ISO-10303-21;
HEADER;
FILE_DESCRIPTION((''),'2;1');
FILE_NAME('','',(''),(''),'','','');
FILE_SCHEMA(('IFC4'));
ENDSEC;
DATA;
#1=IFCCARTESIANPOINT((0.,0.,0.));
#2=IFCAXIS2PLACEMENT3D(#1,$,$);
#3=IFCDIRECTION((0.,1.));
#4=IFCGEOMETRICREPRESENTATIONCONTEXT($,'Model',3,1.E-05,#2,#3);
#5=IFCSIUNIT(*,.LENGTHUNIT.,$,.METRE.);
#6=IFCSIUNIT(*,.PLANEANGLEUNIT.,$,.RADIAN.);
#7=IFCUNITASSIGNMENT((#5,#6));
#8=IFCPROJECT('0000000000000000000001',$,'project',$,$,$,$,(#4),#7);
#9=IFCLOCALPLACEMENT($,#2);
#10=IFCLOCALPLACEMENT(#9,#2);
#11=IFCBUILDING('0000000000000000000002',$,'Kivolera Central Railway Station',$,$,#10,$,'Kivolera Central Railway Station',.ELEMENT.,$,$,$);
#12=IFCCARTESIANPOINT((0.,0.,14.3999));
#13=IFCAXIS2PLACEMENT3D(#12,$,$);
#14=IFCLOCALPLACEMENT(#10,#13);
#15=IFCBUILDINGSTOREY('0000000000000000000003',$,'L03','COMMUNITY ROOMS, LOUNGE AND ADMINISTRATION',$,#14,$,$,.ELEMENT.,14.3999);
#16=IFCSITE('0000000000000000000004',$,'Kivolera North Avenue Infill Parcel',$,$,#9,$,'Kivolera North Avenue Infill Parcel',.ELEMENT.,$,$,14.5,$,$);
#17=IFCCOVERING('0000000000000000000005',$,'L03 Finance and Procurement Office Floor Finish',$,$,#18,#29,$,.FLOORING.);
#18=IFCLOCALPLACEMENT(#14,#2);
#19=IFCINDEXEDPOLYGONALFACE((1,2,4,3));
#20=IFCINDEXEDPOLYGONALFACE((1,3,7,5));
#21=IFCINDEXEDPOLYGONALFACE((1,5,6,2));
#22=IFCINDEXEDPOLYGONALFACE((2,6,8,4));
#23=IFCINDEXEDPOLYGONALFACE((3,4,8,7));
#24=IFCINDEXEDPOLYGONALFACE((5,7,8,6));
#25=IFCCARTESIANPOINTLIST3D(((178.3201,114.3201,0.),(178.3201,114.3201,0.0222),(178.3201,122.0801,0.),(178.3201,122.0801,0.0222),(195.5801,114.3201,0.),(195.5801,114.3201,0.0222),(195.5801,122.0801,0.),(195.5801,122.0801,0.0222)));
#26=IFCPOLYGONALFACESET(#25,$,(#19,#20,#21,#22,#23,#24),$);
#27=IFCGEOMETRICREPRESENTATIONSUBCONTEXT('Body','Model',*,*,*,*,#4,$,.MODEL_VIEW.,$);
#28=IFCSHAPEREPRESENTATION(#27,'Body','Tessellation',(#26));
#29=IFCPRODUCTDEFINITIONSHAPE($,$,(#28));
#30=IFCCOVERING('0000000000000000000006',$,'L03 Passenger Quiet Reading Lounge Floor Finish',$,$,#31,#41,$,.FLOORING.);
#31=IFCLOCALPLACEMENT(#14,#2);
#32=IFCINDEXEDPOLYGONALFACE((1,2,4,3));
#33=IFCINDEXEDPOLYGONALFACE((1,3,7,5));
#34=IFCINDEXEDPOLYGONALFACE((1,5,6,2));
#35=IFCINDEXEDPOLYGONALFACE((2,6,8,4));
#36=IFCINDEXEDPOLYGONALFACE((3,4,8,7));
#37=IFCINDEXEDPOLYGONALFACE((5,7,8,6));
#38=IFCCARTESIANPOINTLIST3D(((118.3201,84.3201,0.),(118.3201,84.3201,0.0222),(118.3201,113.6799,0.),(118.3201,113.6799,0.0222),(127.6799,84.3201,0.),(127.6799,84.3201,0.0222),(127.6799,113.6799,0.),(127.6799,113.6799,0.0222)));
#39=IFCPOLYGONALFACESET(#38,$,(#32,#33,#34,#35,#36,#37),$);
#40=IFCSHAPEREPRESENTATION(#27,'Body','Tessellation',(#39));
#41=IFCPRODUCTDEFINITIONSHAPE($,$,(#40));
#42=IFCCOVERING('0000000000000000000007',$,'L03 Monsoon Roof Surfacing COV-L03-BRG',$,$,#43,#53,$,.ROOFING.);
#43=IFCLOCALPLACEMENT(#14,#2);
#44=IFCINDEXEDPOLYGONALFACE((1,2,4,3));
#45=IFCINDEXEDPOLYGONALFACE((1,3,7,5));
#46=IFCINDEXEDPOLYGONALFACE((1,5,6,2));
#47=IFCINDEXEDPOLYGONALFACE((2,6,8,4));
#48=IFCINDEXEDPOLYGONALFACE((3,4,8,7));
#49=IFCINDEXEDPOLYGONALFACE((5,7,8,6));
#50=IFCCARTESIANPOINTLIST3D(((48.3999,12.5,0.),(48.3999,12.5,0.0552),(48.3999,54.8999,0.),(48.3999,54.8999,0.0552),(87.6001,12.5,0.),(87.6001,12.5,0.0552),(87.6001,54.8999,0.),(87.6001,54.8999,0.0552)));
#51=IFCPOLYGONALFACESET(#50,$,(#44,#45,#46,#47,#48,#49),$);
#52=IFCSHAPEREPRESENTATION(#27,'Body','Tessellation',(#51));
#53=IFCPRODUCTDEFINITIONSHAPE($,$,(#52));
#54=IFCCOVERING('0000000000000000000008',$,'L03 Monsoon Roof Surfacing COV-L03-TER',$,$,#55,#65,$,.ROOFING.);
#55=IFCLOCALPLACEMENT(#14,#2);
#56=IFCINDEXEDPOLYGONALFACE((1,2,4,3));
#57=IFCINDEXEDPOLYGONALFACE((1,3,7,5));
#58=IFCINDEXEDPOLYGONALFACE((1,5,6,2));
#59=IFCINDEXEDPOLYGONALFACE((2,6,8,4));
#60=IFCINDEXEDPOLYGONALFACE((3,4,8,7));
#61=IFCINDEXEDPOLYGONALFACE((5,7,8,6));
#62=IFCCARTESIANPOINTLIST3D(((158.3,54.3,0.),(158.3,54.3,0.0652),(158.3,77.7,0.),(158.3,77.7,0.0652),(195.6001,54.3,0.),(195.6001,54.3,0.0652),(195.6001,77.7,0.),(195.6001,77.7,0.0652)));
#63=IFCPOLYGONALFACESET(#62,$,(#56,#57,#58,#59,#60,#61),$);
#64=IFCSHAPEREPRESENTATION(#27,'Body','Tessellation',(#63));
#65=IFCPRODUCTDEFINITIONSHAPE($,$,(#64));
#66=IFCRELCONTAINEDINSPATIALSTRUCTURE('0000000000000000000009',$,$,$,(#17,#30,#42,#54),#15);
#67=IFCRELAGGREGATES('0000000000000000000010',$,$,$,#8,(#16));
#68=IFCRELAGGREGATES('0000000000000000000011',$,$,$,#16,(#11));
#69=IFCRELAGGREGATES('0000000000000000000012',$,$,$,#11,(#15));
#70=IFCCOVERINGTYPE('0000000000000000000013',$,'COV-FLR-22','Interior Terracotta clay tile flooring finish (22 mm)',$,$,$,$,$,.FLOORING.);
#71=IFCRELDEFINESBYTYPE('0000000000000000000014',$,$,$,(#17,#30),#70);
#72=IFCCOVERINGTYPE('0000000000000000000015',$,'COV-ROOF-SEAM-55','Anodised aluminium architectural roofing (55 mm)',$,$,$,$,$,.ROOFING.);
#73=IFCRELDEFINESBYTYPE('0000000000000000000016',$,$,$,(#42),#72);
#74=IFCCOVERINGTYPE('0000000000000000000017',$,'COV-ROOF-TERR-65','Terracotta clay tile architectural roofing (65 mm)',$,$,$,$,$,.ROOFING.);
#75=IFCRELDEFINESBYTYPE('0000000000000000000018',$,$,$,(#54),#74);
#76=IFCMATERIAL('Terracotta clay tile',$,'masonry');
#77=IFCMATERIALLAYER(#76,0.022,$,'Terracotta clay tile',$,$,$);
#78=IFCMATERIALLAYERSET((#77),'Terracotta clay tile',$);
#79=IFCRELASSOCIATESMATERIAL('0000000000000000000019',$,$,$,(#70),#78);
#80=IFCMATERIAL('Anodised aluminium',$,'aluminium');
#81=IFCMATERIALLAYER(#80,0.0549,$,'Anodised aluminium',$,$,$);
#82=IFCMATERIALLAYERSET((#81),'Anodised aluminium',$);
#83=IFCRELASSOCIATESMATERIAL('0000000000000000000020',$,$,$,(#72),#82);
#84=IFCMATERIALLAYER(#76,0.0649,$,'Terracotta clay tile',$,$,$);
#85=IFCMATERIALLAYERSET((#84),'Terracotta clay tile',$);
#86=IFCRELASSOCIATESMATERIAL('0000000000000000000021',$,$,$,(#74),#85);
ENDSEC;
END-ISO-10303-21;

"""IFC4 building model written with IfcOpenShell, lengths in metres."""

from ifc_helpers import new_model, si_unit, direction, frame, origin, place, context, subcontext, project, spatial, polyline, outline, extrude, material, layer, layer_set, type_object, element, save


model = new_model("IFC4")

# Units and contexts
model_context = context("Model", 3, precision=1e-05, world=origin(), true_north=direction((0.0, 1.0)))
body_context = subcontext(model_context, "Body", "Model", "MODEL_VIEW")
ifc_project = project(units=[si_unit("LENGTHUNIT", "METRE"), si_unit("PLANEANGLEUNIT", "RADIAN")], contexts=[model_context])

# Site, building, storey
site_placement = place(None, origin())
site = spatial("IfcSite", under=ifc_project, at=site_placement, Name="Kivolera North Avenue Infill Parcel", LongName="Kivolera North Avenue Infill Parcel", CompositionType="ELEMENT", RefElevation=14.5)
building_placement = place(site_placement, origin())
building = spatial("IfcBuilding", under=site, at=building_placement, Name="Kivolera Central Railway Station", LongName="Kivolera Central Railway Station", CompositionType="ELEMENT")
storey_placement = place(building_placement, frame((0.0, 0.0, 14.3999)))
storey = spatial("IfcBuildingStorey", under=building, at=storey_placement, Name="L03", Description="COMMUNITY ROOMS, LOUNGE AND ADMINISTRATION", CompositionType="ELEMENT", Elevation=14.3999)

# Coverings
ifc_material_1 = material(Name="Terracotta clay tile", Category="masonry")
ifc_layer_1 = layer(ifc_material_1, 0.022, Name="Terracotta clay tile")
ifc_layer_set_1 = layer_set([ifc_layer_1], Name="Terracotta clay tile")
covering_type_1 = type_object("IfcCoveringType", Name="COV-FLR-22", Description="Interior Terracotta clay tile flooring finish (22 mm)", PredefinedType="FLOORING", material=ifc_layer_set_1)
covering_1_placement = place(storey_placement, origin())
element("IfcCovering", 1, at=covering_1_placement, inside=storey, type_object=covering_type_1, Name="L03 Finance and Procurement Office Floor Finish", PredefinedType="FLOORING", context=body_context, shape_type="SweptSolid", body=[
    extrude(outline(polyline([(178.3201, 114.3201), (195.5801, 114.3201), (195.5801, 122.0801), (178.3201, 122.0801), (178.3201, 114.3201)])), origin(), (0.0, 0.0, 1.0), 0.0222),
])
covering_2_placement = place(storey_placement, origin())
element("IfcCovering", 2, at=covering_2_placement, inside=storey, type_object=covering_type_1, Name="L03 Passenger Quiet Reading Lounge Floor Finish", PredefinedType="FLOORING", context=body_context, shape_type="SweptSolid", body=[
    extrude(outline(polyline([(118.3201, 84.3201), (127.6799, 84.3201), (127.6799, 113.6799), (118.3201, 113.6799), (118.3201, 84.3201)])), origin(), (0.0, 0.0, 1.0), 0.0222),
])
ifc_material_2 = material(Name="Anodised aluminium", Category="aluminium")
ifc_layer_2 = layer(ifc_material_2, 0.0549, Name="Anodised aluminium")
ifc_layer_set_2 = layer_set([ifc_layer_2], Name="Anodised aluminium")
covering_type_2 = type_object("IfcCoveringType", Name="COV-ROOF-SEAM-55", Description="Anodised aluminium architectural roofing (55 mm)", PredefinedType="ROOFING", material=ifc_layer_set_2)
covering_3_placement = place(storey_placement, origin())
element("IfcCovering", 3, at=covering_3_placement, inside=storey, type_object=covering_type_2, Name="L03 Monsoon Roof Surfacing COV-L03-BRG", PredefinedType="ROOFING", context=body_context, shape_type="SweptSolid", body=[
    extrude(outline(polyline([(48.3999, 12.5), (87.6001, 12.5), (87.6001, 54.8999), (48.3999, 54.8999), (48.3999, 12.5)])), origin(), (0.0, 0.0, 1.0), 0.0552),
])
ifc_layer_3 = layer(ifc_material_1, 0.0649, Name="Terracotta clay tile")
ifc_layer_set_3 = layer_set([ifc_layer_3], Name="Terracotta clay tile")
covering_type_3 = type_object("IfcCoveringType", Name="COV-ROOF-TERR-65", Description="Terracotta clay tile architectural roofing (65 mm)", PredefinedType="ROOFING", material=ifc_layer_set_3)
covering_4_placement = place(storey_placement, origin())
element("IfcCovering", 4, at=covering_4_placement, inside=storey, type_object=covering_type_3, Name="L03 Monsoon Roof Surfacing COV-L03-TER", PredefinedType="ROOFING", context=body_context, shape_type="SweptSolid", body=[
    extrude(outline(polyline([(158.3, 54.3), (195.6001, 54.3), (195.6001, 77.7), (158.3, 77.7), (158.3, 54.3)])), origin(), (0.0, 0.0, 1.0), 0.0652),
])

save(model, "model.ifc")
